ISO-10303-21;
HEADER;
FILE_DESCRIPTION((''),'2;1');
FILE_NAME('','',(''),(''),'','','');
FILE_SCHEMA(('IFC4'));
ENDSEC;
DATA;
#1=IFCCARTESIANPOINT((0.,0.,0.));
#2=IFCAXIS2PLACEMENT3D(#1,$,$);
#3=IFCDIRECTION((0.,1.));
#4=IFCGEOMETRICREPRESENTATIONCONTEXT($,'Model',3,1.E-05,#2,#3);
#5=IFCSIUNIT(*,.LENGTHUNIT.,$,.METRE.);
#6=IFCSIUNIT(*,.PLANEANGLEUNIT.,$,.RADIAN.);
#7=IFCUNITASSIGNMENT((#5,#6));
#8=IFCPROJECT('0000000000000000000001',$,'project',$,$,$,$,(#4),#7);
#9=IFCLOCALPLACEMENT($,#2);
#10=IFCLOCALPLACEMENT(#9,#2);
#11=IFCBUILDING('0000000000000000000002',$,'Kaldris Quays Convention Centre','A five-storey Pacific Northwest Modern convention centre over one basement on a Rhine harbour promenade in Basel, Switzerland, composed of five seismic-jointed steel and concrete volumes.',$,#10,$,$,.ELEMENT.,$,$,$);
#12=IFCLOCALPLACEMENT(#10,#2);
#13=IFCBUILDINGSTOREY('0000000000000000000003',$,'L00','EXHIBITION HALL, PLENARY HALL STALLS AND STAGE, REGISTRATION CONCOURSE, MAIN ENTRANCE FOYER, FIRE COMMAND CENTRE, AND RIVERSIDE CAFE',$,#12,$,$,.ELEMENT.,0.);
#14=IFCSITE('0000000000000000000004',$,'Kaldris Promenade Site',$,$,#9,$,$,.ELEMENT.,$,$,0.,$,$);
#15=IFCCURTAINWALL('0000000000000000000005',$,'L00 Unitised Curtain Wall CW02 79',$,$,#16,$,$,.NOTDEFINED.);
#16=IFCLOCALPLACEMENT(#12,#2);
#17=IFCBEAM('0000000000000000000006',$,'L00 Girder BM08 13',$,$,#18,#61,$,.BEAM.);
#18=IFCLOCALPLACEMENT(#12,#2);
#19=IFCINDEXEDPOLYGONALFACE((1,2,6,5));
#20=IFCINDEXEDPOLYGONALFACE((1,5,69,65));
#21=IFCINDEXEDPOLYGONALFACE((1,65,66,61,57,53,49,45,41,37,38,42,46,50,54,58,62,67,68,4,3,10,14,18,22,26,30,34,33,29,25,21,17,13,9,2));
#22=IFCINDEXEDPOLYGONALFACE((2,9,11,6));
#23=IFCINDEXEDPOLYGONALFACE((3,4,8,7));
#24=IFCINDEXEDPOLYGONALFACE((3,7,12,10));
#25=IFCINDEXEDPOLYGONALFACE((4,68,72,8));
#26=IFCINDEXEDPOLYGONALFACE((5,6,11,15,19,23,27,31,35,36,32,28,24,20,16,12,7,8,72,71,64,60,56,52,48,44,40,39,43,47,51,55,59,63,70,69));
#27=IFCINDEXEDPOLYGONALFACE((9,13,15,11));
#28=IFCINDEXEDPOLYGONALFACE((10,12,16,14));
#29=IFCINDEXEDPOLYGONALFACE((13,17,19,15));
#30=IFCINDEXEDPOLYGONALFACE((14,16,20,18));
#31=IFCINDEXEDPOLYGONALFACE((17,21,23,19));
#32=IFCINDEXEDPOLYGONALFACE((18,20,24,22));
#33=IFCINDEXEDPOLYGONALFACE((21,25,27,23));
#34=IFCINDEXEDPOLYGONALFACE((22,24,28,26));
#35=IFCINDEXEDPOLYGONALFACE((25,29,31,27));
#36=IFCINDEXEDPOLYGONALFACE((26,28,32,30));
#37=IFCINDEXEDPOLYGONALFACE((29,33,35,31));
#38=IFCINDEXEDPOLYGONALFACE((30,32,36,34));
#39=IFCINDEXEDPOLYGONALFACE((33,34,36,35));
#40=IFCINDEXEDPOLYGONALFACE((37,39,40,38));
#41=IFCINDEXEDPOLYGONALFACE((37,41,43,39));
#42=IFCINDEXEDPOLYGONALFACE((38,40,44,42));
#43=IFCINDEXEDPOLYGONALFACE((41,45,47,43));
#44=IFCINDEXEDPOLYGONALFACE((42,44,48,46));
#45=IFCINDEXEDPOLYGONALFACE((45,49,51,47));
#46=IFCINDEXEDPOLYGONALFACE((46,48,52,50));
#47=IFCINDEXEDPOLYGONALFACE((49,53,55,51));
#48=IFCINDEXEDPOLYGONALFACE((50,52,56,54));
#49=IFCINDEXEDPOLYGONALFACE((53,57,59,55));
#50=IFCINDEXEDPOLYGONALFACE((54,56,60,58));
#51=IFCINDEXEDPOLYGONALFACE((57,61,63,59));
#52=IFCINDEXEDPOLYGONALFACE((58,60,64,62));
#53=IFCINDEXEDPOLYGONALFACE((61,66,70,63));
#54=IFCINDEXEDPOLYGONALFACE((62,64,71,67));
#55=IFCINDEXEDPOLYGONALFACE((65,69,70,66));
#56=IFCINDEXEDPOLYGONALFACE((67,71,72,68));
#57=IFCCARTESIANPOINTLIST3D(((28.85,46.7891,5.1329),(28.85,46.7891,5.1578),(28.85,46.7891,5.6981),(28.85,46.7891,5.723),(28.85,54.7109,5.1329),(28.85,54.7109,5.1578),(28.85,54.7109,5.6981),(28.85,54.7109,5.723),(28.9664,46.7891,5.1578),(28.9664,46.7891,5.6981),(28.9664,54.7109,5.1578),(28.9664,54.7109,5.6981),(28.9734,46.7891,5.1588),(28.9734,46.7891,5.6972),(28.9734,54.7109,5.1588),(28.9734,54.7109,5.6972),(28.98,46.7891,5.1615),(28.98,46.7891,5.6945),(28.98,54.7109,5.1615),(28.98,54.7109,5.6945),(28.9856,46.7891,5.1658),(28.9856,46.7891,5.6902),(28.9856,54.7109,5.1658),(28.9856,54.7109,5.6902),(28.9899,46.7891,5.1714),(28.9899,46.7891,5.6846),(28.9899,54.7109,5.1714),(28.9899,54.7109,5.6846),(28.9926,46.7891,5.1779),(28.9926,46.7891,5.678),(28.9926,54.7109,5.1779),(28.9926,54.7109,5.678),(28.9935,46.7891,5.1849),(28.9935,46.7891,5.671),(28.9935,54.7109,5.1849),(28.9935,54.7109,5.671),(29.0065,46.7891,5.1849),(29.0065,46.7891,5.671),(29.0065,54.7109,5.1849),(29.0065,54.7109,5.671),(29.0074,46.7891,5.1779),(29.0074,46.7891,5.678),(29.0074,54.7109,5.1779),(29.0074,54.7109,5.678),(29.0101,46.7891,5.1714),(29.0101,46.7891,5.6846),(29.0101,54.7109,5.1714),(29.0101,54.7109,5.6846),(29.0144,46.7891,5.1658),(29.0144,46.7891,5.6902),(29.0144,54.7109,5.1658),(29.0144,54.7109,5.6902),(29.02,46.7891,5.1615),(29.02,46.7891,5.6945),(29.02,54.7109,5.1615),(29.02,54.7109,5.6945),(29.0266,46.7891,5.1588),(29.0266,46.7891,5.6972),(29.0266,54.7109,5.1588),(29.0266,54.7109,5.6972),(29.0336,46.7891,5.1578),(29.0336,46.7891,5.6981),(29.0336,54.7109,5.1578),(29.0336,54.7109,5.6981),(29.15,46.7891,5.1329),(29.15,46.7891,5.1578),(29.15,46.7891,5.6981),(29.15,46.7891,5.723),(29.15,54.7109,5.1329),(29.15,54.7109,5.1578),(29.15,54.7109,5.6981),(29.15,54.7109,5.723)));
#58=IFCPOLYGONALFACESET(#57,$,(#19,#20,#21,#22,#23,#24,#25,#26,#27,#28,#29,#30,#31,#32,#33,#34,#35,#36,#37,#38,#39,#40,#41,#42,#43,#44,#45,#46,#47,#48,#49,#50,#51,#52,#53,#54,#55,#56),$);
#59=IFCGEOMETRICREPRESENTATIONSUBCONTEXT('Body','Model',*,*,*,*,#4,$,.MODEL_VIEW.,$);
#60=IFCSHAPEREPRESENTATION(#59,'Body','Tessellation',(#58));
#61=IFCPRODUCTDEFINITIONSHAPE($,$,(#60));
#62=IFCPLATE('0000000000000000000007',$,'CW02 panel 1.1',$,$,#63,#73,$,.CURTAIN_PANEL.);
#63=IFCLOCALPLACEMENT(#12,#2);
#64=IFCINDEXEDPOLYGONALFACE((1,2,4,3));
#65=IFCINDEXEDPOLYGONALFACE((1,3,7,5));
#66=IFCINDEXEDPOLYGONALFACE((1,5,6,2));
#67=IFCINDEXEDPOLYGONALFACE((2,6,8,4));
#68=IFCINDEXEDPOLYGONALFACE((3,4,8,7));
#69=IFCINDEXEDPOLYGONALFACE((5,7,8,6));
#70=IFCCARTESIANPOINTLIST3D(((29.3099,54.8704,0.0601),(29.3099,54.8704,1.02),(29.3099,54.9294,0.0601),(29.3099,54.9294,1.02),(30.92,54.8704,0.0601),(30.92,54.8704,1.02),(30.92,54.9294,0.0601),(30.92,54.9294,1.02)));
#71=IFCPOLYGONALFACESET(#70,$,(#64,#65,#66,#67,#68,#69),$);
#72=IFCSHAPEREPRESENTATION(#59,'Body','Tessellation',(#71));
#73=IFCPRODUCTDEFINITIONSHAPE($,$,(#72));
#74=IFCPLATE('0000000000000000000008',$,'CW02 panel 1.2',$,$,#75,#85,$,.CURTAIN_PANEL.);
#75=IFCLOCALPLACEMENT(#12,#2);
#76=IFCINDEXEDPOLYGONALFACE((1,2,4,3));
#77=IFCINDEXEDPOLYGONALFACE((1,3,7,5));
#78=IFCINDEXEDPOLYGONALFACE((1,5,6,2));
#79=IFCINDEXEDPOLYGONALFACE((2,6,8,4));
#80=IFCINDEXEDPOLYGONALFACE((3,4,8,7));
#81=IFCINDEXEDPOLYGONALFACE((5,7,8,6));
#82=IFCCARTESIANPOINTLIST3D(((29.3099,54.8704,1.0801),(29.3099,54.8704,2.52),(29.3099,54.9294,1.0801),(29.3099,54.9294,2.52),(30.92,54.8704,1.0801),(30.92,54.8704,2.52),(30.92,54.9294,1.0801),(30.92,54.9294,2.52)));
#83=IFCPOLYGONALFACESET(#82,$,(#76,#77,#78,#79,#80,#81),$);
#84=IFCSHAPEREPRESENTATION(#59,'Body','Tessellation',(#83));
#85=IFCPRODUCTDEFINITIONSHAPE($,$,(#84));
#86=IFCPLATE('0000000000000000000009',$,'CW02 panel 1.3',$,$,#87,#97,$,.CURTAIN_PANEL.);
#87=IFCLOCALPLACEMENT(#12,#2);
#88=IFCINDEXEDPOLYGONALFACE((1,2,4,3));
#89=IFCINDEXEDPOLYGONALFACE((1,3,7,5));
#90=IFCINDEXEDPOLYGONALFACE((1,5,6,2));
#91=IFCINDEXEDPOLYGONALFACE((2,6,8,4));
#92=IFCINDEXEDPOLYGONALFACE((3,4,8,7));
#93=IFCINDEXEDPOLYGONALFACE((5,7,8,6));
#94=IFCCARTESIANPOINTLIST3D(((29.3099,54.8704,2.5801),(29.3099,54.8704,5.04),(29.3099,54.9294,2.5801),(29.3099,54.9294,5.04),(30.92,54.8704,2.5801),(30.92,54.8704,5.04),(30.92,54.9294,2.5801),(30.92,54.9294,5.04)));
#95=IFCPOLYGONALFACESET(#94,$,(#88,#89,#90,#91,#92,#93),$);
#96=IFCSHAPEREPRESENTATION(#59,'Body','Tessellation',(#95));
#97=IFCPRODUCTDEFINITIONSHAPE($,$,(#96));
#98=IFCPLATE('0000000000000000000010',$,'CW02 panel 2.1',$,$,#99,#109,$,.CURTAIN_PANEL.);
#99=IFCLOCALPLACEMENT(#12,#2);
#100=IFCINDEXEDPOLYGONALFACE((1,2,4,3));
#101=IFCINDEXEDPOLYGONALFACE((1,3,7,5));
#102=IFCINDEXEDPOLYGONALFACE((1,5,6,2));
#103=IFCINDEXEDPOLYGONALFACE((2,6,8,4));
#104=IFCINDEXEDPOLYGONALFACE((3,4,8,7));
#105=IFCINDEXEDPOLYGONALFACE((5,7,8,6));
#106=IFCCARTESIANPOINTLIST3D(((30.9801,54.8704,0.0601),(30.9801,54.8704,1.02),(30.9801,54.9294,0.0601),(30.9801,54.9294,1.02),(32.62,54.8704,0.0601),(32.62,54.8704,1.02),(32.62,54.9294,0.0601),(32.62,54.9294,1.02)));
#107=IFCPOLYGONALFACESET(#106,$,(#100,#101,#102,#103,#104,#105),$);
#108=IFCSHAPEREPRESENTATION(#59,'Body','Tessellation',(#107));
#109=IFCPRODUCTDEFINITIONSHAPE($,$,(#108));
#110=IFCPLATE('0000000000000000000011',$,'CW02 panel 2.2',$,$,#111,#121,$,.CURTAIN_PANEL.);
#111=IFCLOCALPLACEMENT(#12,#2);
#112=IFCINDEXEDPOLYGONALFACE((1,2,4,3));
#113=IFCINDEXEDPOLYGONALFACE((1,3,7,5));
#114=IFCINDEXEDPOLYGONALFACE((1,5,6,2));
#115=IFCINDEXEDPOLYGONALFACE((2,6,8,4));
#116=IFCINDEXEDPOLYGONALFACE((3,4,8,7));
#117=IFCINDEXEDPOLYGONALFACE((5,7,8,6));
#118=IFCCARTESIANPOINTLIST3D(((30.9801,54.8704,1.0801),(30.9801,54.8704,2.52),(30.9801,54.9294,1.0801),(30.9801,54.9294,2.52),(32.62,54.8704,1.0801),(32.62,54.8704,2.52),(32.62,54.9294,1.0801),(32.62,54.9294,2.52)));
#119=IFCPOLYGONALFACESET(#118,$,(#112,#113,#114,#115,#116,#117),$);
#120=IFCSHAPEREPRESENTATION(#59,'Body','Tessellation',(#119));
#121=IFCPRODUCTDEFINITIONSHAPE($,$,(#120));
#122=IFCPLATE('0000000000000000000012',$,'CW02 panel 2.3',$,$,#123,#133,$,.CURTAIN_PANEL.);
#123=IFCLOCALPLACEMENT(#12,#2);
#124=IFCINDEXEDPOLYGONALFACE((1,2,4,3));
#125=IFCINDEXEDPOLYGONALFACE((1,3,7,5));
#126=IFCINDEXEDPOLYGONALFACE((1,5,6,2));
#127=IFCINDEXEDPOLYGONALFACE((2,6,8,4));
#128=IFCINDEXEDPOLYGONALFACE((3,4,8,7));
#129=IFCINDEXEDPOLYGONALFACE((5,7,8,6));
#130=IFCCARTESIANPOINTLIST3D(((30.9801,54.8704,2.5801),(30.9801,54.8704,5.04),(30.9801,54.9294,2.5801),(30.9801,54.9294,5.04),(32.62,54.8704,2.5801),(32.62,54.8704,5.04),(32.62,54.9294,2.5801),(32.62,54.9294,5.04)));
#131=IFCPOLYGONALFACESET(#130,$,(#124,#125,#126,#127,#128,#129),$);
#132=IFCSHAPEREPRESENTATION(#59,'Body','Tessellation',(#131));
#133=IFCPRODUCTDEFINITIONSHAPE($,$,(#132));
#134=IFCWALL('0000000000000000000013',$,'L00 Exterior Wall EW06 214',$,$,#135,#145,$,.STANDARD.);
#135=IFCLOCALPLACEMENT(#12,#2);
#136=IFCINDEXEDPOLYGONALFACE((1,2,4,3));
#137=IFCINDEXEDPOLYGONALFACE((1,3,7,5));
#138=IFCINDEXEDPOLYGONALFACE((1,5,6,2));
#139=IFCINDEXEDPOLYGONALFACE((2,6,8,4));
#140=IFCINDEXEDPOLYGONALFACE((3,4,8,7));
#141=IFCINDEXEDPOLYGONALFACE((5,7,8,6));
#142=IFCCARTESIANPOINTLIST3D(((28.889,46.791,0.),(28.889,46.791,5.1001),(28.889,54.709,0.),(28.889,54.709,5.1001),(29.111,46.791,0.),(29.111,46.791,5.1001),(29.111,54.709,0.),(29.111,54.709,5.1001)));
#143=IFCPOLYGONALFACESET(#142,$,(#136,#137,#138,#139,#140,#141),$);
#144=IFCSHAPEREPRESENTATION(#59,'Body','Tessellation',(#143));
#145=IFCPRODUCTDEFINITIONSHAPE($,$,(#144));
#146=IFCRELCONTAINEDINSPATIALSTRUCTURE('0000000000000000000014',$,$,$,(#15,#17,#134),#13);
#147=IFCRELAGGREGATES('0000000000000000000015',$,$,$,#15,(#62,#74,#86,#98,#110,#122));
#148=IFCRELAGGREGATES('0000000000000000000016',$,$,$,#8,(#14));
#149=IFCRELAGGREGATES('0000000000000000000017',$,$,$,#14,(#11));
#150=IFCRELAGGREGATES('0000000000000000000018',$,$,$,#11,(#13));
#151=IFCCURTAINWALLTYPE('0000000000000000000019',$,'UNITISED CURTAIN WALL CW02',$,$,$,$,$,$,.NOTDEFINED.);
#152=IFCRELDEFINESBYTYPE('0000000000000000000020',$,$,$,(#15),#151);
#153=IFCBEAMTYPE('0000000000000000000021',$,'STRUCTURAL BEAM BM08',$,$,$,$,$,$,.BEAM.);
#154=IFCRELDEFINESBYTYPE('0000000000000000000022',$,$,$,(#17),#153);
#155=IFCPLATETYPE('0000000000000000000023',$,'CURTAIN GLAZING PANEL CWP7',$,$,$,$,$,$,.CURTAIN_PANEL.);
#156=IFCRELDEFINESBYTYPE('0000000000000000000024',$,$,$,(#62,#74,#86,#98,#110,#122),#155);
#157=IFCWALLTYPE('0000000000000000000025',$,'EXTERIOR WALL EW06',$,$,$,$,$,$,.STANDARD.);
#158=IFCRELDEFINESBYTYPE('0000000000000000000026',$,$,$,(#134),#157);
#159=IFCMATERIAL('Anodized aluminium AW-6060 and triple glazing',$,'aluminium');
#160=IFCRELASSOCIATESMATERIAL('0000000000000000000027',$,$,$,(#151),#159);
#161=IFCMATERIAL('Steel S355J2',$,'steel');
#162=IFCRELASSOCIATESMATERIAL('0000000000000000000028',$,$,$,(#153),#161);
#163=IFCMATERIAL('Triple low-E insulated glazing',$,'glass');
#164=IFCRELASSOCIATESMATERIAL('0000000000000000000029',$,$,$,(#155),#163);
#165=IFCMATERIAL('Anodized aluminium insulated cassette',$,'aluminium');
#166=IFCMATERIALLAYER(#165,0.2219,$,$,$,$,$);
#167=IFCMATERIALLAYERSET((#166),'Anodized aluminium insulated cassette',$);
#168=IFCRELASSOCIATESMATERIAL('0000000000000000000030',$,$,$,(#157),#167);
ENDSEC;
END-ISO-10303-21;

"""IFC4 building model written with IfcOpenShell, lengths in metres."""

from ifc_helpers import new_model, si_unit, direction, frame, frame_2d, origin, origin_2d, place, context, subcontext, project, spatial, rectangle, i_section, extrude, material, layer, layer_set, material_profile, profile_set, type_object, element, aggregate, save


model = new_model("IFC4")

# Units and contexts
model_context = context("Model", 3, precision=1e-05, world=origin(), true_north=direction((0.0, 1.0)))
body_context = subcontext(model_context, "Body", "Model", "MODEL_VIEW")
ifc_project = project(units=[si_unit("LENGTHUNIT", "METRE"), si_unit("PLANEANGLEUNIT", "RADIAN")], contexts=[model_context])

# Site, building, storey
site_placement = place(None, origin())
site = spatial("IfcSite", under=ifc_project, at=site_placement, Name="Kaldris Promenade Site", CompositionType="ELEMENT", RefElevation=0.0)
building_placement = place(site_placement, origin())
building = spatial("IfcBuilding", under=site, at=building_placement, Name="Kaldris Quays Convention Centre", Description="A five-storey Pacific Northwest Modern convention centre over one basement on a Rhine harbour promenade in Basel, Switzerland, composed of five seismic-jointed steel and concrete volumes.", CompositionType="ELEMENT")
storey_placement = place(building_placement, origin())
storey = spatial("IfcBuildingStorey", under=building, at=storey_placement, Name="L00", Description="EXHIBITION HALL, PLENARY HALL STALLS AND STAGE, REGISTRATION CONCOURSE, MAIN ENTRANCE FOYER, FIRE COMMAND CENTRE, AND RIVERSIDE CAFE", CompositionType="ELEMENT", Elevation=0.0)

# Shared definitions
ifc_material_1 = material(Name="Steel S355J2", Category="steel")

# Curtain wall
ifc_material_2 = material(Name="Anodized aluminium AW-6060 and triple glazing", Category="aluminium")
curtain_wall_type = type_object("IfcCurtainWallType", Name="UNITISED CURTAIN WALL CW02", PredefinedType="NOTDEFINED", material=ifc_material_2)
curtain_wall_placement = place(storey_placement, origin())
curtain_wall = element("IfcCurtainWall", 1, at=curtain_wall_placement, inside=storey, type_object=curtain_wall_type, Name="L00 Unitised Curtain Wall CW02 79", PredefinedType="NOTDEFINED")

# Beam
ifc_material_profile_1 = material_profile(ifc_material_1, i_section(OverallWidth=0.3, OverallDepth=0.5901, WebThickness=0.0129, FlangeThickness=0.0249, FilletRadius=0.0271, at=origin_2d()), Name="HEA 600")
ifc_profile_set_1 = profile_set([ifc_material_profile_1], Name="Steel S355J2")
beam_type_1 = type_object("IfcBeamType", Name="STRUCTURAL BEAM BM08", PredefinedType="BEAM", material=ifc_profile_set_1)
beam_1_placement = place(storey_placement, frame((29.0, 46.7891, 5.428), z_axis=(0.0, 1.0, 0.0), x_axis=(-1.0, 0.0, 0.0)))
element("IfcBeam", 2, at=beam_1_placement, inside=storey, type_object=beam_type_1, Name="L00 Girder BM08 13", PredefinedType="BEAM", context=body_context, shape_type="SweptSolid", body=[
    extrude(i_section(OverallWidth=0.3, OverallDepth=0.5901, WebThickness=0.0129, FlangeThickness=0.0249, FilletRadius=0.0271, at=origin_2d()), origin(), (0.0, 0.0, 1.0), 7.9219),
])

# Plates
ifc_material_3 = material(Name="Triple low-E insulated glazing", Category="glass")
plate_type = type_object("IfcPlateType", Name="CURTAIN GLAZING PANEL CWP7", PredefinedType="CURTAIN_PANEL", material=ifc_material_3)
plate_1_placement = place(storey_placement, frame((30.115, 54.8999, 0.0601), z_axis=(0.0, 0.0, 1.0), x_axis=(1.0, 0.0, 0.0)))
plate_1 = element("IfcPlate", 3, at=plate_1_placement, type_object=plate_type, Name="CW02 panel 1.1", PredefinedType="CURTAIN_PANEL", context=body_context, shape_type="SweptSolid", body=[
    extrude(rectangle(XDim=1.6101, YDim=0.0591, at=origin_2d()), origin(), (0.0, 0.0, 1.0), 0.96),
])
plate_2_placement = place(storey_placement, frame((30.115, 54.8999, 1.0801), z_axis=(0.0, 0.0, 1.0), x_axis=(1.0, 0.0, 0.0)))
plate_2 = element("IfcPlate", 4, at=plate_2_placement, type_object=plate_type, Name="CW02 panel 1.2", PredefinedType="CURTAIN_PANEL", context=body_context, shape_type="SweptSolid", body=[
    extrude(rectangle(XDim=1.6101, YDim=0.0591, at=origin_2d()), origin(), (0.0, 0.0, 1.0), 1.4399),
])
plate_3_placement = place(storey_placement, frame((30.115, 54.8999, 2.5801), z_axis=(0.0, 0.0, 1.0), x_axis=(1.0, 0.0, 0.0)))
plate_3 = element("IfcPlate", 5, at=plate_3_placement, type_object=plate_type, Name="CW02 panel 1.3", PredefinedType="CURTAIN_PANEL", context=body_context, shape_type="SweptSolid", body=[
    extrude(rectangle(XDim=1.6101, YDim=0.0591, at=origin_2d()), origin(), (0.0, 0.0, 1.0), 2.46),
])
plate_4_placement = place(storey_placement, frame((31.8, 54.8999, 0.0601), z_axis=(0.0, 0.0, 1.0), x_axis=(1.0, 0.0, 0.0)))
plate_4 = element("IfcPlate", 6, at=plate_4_placement, type_object=plate_type, Name="CW02 panel 2.1", PredefinedType="CURTAIN_PANEL", context=body_context, shape_type="SweptSolid", body=[
    extrude(rectangle(XDim=1.6399, YDim=0.0591, at=origin_2d()), origin(), (0.0, 0.0, 1.0), 0.96),
])
plate_5_placement = place(storey_placement, frame((31.8, 54.8999, 1.0801), z_axis=(0.0, 0.0, 1.0), x_axis=(1.0, 0.0, 0.0)))
plate_5 = element("IfcPlate", 7, at=plate_5_placement, type_object=plate_type, Name="CW02 panel 2.2", PredefinedType="CURTAIN_PANEL", context=body_context, shape_type="SweptSolid", body=[
    extrude(rectangle(XDim=1.6399, YDim=0.0591, at=origin_2d()), origin(), (0.0, 0.0, 1.0), 1.4399),
])
plate_6_placement = place(storey_placement, frame((31.8, 54.8999, 2.5801), z_axis=(0.0, 0.0, 1.0), x_axis=(1.0, 0.0, 0.0)))
plate_6 = element("IfcPlate", 8, at=plate_6_placement, type_object=plate_type, Name="CW02 panel 2.3", PredefinedType="CURTAIN_PANEL", context=body_context, shape_type="SweptSolid", body=[
    extrude(rectangle(XDim=1.6399, YDim=0.0591, at=origin_2d()), origin(), (0.0, 0.0, 1.0), 2.46),
])
aggregate(curtain_wall, [plate_1, plate_2, plate_3, plate_4, plate_5, plate_6])

# Wall
ifc_material_4 = material(Name="Anodized aluminium insulated cassette", Category="aluminium")
ifc_layer = layer(ifc_material_4, 0.2219)
ifc_layer_set = layer_set([ifc_layer], Name="Anodized aluminium insulated cassette")
wall_type = type_object("IfcWallType", Name="EXTERIOR WALL EW06", PredefinedType="STANDARD", material=ifc_layer_set)
wall_placement = place(storey_placement, frame((29.0, 46.791, 0.0), z_axis=(0.0, 0.0, 1.0), x_axis=(0.0, 1.0, 0.0)))
element("IfcWall", 9, at=wall_placement, inside=storey, type_object=wall_type, Name="L00 Exterior Wall EW06 214", PredefinedType="STANDARD", context=body_context, shape_type="SweptSolid", body=[
    extrude(rectangle(XDim=7.918, YDim=0.2219, at=frame_2d((3.959, 0.0))), origin(), (0.0, 0.0, 1.0), 5.1001),
])

save(model, "model.ifc")
